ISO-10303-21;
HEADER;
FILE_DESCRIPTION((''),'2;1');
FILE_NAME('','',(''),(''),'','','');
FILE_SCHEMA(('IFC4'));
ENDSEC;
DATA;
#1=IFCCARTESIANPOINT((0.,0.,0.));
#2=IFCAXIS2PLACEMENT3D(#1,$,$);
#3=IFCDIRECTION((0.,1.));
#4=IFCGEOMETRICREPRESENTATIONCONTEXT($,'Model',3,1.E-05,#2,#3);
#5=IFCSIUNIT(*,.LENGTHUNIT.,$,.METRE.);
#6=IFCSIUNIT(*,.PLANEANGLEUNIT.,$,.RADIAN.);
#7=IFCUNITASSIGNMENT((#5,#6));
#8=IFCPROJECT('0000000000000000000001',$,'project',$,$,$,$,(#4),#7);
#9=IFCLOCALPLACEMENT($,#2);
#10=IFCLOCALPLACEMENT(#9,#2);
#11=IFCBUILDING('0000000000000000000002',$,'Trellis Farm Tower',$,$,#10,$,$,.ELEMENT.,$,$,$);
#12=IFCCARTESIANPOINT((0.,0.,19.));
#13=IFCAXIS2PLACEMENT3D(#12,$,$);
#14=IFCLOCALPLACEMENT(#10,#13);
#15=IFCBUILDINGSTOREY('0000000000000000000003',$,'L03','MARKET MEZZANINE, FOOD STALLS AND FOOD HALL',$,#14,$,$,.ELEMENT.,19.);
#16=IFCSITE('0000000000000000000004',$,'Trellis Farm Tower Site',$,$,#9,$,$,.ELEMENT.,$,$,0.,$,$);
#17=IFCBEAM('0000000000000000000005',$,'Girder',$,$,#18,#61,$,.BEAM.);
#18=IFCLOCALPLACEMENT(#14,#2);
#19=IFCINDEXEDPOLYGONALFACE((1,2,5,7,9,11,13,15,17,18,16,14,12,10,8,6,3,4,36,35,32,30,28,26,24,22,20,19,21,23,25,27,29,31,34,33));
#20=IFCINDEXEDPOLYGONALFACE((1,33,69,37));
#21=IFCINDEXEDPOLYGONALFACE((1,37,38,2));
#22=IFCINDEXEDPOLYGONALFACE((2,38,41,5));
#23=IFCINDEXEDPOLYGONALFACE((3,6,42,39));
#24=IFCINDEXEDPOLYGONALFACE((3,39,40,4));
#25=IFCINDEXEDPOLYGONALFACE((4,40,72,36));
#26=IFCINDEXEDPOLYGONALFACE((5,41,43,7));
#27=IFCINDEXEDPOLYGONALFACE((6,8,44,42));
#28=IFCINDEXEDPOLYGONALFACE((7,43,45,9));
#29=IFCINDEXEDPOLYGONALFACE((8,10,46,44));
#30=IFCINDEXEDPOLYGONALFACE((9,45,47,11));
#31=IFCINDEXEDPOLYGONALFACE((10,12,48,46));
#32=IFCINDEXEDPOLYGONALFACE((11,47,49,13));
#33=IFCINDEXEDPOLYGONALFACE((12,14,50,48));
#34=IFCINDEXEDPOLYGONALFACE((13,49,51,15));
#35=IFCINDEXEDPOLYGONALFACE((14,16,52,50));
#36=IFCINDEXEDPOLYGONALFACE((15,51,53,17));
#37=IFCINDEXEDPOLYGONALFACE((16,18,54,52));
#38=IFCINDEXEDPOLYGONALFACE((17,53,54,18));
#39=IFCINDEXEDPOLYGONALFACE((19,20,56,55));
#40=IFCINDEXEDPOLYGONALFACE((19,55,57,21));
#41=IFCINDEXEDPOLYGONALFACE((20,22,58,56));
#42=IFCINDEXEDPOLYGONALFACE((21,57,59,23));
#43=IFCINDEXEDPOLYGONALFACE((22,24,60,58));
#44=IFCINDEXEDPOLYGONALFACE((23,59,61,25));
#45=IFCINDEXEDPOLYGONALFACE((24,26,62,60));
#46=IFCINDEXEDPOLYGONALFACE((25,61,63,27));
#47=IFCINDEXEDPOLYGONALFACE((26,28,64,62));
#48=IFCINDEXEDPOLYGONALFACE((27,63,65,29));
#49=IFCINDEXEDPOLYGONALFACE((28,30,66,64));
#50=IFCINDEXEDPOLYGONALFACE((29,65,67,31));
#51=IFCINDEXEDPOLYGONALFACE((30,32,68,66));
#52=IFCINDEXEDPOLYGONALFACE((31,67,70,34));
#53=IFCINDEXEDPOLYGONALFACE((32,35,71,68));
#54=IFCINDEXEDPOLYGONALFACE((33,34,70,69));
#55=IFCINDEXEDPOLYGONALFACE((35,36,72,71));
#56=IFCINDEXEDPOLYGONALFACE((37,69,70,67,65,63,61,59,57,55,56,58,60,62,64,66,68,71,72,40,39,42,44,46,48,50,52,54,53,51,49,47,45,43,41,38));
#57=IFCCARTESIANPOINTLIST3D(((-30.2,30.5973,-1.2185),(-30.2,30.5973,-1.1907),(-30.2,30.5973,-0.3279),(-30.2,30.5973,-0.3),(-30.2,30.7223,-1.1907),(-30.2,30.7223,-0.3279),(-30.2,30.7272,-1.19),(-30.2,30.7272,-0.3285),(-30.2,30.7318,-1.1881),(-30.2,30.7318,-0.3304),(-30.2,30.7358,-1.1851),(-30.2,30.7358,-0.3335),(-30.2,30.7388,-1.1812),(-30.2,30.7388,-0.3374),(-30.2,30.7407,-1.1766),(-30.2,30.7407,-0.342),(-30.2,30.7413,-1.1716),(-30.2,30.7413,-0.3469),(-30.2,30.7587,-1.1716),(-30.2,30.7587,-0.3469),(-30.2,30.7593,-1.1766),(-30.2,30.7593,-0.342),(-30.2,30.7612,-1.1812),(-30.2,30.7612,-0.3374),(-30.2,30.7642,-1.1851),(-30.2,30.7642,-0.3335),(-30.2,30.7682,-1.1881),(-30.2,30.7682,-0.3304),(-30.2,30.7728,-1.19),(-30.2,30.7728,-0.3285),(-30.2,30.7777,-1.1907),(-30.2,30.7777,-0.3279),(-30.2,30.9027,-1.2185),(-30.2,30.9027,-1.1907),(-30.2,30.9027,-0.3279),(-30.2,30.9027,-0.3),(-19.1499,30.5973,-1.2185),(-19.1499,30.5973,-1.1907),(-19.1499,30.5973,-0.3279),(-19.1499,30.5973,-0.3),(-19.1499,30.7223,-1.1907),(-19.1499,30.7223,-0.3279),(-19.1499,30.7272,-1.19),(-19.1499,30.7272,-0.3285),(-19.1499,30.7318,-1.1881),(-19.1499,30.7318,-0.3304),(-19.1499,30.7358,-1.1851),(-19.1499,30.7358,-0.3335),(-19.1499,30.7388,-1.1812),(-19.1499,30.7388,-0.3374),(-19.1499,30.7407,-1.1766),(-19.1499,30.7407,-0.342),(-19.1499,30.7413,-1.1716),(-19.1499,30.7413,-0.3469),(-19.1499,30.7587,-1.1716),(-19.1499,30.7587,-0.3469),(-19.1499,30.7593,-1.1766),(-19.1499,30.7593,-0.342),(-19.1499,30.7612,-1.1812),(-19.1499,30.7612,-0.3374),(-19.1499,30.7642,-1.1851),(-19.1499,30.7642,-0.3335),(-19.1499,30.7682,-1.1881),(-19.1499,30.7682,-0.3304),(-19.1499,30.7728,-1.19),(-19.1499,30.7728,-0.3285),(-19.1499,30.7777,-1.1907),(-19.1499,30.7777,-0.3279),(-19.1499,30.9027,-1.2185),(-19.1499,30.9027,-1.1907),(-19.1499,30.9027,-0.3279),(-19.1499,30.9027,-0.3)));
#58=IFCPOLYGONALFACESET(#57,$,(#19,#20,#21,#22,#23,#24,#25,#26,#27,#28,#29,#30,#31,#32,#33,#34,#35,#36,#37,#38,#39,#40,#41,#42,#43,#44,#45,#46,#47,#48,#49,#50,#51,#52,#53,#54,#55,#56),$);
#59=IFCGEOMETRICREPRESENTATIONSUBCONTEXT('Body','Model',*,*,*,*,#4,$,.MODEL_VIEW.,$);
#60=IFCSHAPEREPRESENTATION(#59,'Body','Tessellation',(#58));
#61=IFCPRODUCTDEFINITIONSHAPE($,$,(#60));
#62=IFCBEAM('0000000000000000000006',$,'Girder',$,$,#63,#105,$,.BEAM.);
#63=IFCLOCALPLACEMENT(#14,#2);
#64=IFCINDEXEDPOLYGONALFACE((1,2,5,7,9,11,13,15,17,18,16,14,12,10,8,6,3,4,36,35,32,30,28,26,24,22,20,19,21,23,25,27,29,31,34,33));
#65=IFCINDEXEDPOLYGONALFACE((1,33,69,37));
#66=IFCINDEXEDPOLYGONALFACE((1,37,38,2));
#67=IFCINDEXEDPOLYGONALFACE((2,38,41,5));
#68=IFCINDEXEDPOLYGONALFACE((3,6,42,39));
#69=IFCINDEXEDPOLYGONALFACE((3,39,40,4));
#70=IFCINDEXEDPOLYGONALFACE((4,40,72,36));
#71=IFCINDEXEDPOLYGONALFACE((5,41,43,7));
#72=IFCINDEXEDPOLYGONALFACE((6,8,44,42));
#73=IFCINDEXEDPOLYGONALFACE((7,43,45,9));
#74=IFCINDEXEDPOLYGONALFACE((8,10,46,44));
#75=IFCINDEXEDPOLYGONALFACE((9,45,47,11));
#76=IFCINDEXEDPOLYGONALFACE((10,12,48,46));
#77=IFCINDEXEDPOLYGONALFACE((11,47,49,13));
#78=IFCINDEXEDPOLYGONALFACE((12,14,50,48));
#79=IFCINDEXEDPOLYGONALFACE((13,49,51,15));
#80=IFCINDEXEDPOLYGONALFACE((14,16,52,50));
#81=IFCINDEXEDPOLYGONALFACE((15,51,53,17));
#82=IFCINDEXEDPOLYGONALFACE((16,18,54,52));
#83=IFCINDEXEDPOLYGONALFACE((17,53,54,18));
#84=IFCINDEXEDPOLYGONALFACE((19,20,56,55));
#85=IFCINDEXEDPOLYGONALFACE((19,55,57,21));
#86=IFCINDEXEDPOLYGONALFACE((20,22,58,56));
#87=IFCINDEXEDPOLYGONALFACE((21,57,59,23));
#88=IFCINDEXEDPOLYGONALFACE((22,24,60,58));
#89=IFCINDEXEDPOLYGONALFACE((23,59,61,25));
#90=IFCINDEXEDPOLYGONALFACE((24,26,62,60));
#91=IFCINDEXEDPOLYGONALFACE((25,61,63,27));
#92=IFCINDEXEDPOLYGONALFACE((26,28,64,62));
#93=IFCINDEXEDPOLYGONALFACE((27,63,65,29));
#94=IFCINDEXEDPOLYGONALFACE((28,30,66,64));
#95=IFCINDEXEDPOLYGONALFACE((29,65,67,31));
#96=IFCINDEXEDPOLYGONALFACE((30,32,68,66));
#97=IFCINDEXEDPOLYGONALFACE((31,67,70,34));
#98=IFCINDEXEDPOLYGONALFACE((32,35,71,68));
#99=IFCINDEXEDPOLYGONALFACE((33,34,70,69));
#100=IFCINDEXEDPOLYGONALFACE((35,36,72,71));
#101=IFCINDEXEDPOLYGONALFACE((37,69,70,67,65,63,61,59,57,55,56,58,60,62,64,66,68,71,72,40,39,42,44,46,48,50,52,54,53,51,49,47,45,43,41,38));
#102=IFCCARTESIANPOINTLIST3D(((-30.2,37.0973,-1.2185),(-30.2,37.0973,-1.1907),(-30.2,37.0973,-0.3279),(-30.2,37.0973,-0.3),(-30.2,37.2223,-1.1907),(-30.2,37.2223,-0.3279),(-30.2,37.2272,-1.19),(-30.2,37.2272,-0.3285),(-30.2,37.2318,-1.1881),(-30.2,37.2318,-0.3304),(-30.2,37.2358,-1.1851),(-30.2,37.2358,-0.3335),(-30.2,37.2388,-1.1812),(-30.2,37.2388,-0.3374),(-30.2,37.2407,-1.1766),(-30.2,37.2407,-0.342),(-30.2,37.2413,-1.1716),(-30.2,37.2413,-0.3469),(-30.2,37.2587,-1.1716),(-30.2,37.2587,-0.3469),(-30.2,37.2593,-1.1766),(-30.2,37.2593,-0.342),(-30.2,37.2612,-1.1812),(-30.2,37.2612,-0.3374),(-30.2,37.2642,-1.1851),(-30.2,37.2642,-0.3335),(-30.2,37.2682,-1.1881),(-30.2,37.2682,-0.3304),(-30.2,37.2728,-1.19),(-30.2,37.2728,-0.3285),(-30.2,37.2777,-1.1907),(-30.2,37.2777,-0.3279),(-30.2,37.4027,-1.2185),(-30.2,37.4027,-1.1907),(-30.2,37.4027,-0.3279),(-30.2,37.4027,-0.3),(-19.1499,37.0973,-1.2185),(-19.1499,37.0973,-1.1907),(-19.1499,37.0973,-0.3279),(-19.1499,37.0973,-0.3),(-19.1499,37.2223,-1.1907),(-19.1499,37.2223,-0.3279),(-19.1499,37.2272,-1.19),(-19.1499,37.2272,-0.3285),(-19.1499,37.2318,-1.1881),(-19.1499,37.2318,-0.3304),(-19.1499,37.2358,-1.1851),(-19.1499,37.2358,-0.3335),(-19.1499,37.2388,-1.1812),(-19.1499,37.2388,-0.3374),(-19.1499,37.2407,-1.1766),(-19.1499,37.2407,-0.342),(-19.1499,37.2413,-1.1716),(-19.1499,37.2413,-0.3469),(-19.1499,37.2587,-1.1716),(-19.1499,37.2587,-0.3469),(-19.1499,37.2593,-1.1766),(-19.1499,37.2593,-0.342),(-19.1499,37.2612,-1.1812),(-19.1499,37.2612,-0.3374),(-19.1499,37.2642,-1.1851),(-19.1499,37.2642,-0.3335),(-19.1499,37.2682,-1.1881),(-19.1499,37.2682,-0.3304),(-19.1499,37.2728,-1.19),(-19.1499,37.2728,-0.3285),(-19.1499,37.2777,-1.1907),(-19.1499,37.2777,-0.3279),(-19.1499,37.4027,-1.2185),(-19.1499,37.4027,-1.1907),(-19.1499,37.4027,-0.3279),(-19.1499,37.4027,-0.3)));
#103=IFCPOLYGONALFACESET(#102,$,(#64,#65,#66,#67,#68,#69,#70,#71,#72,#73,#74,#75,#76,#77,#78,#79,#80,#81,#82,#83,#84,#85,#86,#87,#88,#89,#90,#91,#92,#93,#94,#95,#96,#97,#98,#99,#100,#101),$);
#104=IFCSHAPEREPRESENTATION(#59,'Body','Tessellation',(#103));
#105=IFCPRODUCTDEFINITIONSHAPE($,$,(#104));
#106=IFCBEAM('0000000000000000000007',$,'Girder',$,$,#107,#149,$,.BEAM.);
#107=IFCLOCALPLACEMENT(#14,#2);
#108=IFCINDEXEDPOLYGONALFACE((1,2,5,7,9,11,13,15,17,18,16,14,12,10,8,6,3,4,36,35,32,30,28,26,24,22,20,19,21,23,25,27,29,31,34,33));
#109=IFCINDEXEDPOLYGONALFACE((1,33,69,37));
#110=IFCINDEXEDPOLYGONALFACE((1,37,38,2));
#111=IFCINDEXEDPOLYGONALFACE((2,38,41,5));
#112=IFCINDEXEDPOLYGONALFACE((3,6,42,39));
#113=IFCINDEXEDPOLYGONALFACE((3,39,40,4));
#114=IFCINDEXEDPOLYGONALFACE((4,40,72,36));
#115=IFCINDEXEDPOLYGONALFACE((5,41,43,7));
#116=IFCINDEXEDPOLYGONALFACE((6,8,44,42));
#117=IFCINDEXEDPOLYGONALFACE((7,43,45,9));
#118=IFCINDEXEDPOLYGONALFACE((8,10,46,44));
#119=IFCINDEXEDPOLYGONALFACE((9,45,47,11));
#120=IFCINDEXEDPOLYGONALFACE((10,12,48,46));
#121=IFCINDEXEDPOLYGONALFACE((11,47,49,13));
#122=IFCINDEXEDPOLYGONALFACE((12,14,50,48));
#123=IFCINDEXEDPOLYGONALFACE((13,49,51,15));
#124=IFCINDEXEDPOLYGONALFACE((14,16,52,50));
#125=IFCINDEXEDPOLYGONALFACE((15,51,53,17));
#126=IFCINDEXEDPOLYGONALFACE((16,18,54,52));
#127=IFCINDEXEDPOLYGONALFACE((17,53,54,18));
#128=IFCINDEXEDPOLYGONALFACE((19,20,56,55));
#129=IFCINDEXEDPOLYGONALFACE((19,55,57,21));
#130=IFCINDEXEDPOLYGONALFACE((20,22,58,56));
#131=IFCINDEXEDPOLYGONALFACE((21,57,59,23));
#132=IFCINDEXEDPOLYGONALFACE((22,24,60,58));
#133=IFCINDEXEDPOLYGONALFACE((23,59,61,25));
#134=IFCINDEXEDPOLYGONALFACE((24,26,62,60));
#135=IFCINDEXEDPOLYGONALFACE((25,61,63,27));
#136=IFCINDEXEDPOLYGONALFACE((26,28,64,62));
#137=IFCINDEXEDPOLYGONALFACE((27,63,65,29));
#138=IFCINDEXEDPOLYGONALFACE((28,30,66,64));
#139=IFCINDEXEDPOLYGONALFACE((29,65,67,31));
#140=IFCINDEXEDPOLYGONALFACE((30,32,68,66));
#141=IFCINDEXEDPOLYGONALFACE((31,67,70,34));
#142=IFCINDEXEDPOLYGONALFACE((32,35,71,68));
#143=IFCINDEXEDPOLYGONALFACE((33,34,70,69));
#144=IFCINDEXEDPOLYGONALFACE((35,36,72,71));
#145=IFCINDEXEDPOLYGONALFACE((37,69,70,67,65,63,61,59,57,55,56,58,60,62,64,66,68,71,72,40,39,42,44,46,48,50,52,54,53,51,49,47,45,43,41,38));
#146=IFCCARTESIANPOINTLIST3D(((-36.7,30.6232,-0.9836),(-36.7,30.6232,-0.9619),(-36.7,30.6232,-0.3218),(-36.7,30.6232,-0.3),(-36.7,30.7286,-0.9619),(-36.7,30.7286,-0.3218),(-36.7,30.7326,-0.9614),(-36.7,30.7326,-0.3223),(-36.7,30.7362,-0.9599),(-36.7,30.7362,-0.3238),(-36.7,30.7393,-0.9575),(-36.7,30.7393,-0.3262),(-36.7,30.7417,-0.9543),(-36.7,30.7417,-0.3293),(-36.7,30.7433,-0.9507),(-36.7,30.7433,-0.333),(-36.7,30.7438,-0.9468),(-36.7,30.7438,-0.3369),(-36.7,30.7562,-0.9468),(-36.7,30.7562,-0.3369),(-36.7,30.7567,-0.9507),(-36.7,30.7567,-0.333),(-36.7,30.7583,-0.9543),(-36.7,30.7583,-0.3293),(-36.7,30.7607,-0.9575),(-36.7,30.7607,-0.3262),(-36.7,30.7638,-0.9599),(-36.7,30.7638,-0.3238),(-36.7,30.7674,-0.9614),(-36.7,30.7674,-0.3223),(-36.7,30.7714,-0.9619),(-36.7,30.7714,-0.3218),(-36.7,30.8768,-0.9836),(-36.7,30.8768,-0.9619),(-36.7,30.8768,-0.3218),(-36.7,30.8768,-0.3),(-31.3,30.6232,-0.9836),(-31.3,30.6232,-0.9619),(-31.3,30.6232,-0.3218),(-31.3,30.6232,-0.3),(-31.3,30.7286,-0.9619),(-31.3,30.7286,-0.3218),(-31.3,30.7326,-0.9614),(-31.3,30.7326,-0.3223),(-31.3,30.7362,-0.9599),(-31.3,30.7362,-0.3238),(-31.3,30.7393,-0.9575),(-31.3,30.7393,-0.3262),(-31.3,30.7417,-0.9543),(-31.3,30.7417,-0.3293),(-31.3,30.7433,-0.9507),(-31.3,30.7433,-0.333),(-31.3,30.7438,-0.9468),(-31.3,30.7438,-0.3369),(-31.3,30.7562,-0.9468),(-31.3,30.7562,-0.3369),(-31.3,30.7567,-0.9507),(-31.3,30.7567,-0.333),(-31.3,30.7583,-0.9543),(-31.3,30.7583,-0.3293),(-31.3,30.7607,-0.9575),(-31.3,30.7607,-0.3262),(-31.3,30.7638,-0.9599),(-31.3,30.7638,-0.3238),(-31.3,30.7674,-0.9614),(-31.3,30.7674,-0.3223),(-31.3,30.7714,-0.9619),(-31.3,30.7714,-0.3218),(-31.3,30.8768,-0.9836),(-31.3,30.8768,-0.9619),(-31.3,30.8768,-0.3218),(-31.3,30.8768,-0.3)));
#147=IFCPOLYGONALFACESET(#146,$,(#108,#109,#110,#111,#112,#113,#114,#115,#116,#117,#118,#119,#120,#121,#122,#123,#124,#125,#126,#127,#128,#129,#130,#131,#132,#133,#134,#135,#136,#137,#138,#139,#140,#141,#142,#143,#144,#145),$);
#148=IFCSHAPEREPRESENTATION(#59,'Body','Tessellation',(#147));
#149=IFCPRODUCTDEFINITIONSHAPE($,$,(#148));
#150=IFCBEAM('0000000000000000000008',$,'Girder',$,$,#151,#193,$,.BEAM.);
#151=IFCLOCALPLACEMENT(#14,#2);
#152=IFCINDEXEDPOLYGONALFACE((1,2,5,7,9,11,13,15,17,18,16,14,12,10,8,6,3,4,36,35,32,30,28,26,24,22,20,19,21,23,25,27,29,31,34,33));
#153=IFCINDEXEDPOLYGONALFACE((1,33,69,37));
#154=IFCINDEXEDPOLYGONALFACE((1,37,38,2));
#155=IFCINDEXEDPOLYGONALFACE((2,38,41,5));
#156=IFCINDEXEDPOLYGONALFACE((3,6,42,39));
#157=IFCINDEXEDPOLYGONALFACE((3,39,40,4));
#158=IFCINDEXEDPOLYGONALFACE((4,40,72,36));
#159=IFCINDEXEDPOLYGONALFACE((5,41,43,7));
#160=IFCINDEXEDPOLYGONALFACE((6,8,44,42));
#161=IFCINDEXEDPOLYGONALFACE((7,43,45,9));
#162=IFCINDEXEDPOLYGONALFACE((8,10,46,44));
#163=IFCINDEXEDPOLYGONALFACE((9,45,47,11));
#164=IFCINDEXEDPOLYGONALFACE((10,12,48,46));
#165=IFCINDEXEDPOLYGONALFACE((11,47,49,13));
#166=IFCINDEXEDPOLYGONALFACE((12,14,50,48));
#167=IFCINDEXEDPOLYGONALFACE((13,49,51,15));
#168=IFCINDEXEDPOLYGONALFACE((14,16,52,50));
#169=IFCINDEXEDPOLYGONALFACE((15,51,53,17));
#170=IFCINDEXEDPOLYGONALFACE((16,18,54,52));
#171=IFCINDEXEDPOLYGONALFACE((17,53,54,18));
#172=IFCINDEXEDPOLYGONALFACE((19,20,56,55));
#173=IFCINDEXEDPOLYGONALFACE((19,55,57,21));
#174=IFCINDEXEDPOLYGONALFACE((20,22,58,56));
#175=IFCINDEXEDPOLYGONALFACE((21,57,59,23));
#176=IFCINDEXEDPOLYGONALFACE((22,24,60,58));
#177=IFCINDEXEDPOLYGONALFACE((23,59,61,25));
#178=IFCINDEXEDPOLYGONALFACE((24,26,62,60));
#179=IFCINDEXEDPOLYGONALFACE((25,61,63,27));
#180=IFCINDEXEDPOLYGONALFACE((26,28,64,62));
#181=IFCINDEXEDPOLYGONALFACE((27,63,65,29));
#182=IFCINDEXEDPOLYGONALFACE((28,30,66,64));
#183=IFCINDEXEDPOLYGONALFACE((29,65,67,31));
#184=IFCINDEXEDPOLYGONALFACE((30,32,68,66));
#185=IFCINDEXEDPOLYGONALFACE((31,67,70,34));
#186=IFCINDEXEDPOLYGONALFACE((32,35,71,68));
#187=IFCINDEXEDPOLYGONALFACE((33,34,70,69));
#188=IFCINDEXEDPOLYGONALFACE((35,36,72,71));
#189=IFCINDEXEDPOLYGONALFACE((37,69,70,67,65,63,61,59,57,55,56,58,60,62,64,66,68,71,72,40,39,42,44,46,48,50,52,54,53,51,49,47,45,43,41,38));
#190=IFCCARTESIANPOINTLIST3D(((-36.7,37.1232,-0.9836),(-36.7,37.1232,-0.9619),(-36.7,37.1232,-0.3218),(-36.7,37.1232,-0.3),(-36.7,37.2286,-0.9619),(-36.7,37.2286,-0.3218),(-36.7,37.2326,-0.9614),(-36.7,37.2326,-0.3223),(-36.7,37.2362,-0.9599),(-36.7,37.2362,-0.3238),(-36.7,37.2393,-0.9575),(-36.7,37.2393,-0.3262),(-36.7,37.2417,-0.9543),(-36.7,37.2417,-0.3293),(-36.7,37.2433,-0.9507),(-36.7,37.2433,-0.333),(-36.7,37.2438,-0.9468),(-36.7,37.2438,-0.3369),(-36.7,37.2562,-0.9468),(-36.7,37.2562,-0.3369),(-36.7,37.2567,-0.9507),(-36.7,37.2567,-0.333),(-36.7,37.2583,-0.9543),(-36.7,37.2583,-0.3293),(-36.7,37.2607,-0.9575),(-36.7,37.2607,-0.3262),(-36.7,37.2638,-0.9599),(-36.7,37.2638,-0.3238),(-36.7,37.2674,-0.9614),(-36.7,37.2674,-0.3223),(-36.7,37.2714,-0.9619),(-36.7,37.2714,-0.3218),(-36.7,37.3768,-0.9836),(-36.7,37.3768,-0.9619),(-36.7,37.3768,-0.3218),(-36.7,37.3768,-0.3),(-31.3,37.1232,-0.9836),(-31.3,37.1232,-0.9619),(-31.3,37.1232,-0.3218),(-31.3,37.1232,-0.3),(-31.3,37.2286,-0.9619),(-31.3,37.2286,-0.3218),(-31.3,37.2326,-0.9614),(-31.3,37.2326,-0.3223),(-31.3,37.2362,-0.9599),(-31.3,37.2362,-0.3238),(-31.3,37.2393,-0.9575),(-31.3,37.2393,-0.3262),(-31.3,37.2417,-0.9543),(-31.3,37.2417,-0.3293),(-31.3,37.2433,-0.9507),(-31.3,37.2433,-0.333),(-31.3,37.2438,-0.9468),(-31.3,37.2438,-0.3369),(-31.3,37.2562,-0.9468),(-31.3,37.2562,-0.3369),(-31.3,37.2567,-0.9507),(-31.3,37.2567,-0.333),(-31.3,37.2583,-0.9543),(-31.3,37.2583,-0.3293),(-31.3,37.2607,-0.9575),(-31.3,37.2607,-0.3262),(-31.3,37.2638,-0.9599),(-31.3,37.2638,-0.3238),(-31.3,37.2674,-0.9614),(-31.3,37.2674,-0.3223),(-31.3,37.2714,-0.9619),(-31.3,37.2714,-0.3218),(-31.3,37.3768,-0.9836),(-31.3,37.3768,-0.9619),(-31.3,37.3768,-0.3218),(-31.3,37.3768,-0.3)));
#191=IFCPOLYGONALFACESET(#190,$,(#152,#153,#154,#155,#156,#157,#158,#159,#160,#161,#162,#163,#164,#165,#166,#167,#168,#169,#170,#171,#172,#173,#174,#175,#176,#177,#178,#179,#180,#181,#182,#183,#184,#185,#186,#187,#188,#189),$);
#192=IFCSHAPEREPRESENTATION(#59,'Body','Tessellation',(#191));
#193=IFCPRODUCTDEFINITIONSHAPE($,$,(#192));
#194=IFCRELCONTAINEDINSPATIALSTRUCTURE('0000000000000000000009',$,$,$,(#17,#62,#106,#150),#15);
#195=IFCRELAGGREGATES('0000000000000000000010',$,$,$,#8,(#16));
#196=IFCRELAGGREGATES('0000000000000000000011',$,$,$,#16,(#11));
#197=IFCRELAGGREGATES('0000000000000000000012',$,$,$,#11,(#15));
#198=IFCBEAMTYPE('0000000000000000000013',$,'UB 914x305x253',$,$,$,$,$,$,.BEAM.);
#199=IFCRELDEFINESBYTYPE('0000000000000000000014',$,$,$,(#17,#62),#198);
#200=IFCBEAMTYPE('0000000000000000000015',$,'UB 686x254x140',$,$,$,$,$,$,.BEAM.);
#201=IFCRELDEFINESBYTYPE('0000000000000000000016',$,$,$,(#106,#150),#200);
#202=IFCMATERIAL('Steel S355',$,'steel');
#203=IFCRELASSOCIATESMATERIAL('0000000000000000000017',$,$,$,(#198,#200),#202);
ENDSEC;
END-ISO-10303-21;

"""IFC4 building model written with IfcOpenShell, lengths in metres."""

from ifc_helpers import new_model, si_unit, direction, frame, origin, origin_2d, place, context, subcontext, project, spatial, i_section, extrude, source, transform, mapped, material, material_profile, profile_set, type_object, element, save


model = new_model("IFC4")

# Units and contexts
model_context = context("Model", 3, precision=1e-05, world=origin(), true_north=direction((0.0, 1.0)))
body_context = subcontext(model_context, "Body", "Model", "MODEL_VIEW")
ifc_project = project(units=[si_unit("LENGTHUNIT", "METRE"), si_unit("PLANEANGLEUNIT", "RADIAN")], contexts=[model_context])

# Site, building, storey
site_placement = place(None, origin())
site = spatial("IfcSite", under=ifc_project, at=site_placement, Name="Trellis Farm Tower Site", CompositionType="ELEMENT", RefElevation=0.0)
building_placement = place(site_placement, origin())
building = spatial("IfcBuilding", under=site, at=building_placement, Name="Trellis Farm Tower", CompositionType="ELEMENT")
storey_placement = place(building_placement, frame((0.0, 0.0, 19.0)))
storey = spatial("IfcBuildingStorey", under=building, at=storey_placement, Name="L03", Description="MARKET MEZZANINE, FOOD STALLS AND FOOD HALL", CompositionType="ELEMENT", Elevation=19.0)

# Beams
ifc_material_1 = material(Name="Steel S355", Category="steel")
ifc_material_profile_1 = material_profile(ifc_material_1, i_section(OverallWidth=0.3054, OverallDepth=0.9185, WebThickness=0.0173, FlangeThickness=0.0278, FilletRadius=0.019, at=origin_2d()), Name="UB 914x305x253")
ifc_profile_set_1 = profile_set([ifc_material_profile_1], Name="Steel S355")
beam_type_1 = type_object("IfcBeamType", Name="UB 914x305x253", PredefinedType="BEAM", material=ifc_profile_set_1)
shared_shape_1 = source(origin(), body_context, "Body", "SweptSolid", [
    extrude(i_section(OverallWidth=0.3054, OverallDepth=0.9185, WebThickness=0.0173, FlangeThickness=0.0278, FilletRadius=0.019, at=origin_2d()), origin(), (0.0, 0.0, 1.0), 11.05),
])
for number, where, z_axis, x_axis, name in (
    (1, (-30.2, 30.75, -0.7593), (1.0, 0.0, 0.0), (0.0, 1.0, 0.0), "Girder"),
    (2, (-30.2, 37.25, -0.7593), (1.0, 0.0, 0.0), (0.0, 1.0, 0.0), "Girder"),
):
    element("IfcBeam", number, at=place(storey_placement, frame(where, z_axis=z_axis, x_axis=x_axis)), inside=storey, type_object=beam_type_1, Name=name, PredefinedType="BEAM", context=body_context, shape_type="MappedRepresentation", body=[
        mapped(shared_shape_1, transform((0.0, 0.0, 0.0))),
    ])
ifc_material_profile_2 = material_profile(ifc_material_1, i_section(OverallWidth=0.2537, OverallDepth=0.6836, WebThickness=0.0125, FlangeThickness=0.0217, FilletRadius=0.0151, at=origin_2d()), Name="UB 686x254x140")
ifc_profile_set_2 = profile_set([ifc_material_profile_2], Name="Steel S355")
beam_type_2 = type_object("IfcBeamType", Name="UB 686x254x140", PredefinedType="BEAM", material=ifc_profile_set_2)
shared_shape_2 = source(origin(), body_context, "Body", "SweptSolid", [
    extrude(i_section(OverallWidth=0.2537, OverallDepth=0.6836, WebThickness=0.0125, FlangeThickness=0.0217, FilletRadius=0.0151, at=origin_2d()), origin(), (0.0, 0.0, 1.0), 5.3999),
])
for number, where, z_axis, x_axis, name in (
    (3, (-36.7, 30.75, -0.6418), (1.0, 0.0, 0.0), (0.0, 1.0, 0.0), "Girder"),
    (4, (-36.7, 37.25, -0.6418), (1.0, 0.0, 0.0), (0.0, 1.0, 0.0), "Girder"),
):
    element("IfcBeam", number, at=place(storey_placement, frame(where, z_axis=z_axis, x_axis=x_axis)), inside=storey, type_object=beam_type_2, Name=name, PredefinedType="BEAM", context=body_context, shape_type="MappedRepresentation", body=[
        mapped(shared_shape_2, transform((0.0, 0.0, 0.0))),
    ])

save(model, "model.ifc")
